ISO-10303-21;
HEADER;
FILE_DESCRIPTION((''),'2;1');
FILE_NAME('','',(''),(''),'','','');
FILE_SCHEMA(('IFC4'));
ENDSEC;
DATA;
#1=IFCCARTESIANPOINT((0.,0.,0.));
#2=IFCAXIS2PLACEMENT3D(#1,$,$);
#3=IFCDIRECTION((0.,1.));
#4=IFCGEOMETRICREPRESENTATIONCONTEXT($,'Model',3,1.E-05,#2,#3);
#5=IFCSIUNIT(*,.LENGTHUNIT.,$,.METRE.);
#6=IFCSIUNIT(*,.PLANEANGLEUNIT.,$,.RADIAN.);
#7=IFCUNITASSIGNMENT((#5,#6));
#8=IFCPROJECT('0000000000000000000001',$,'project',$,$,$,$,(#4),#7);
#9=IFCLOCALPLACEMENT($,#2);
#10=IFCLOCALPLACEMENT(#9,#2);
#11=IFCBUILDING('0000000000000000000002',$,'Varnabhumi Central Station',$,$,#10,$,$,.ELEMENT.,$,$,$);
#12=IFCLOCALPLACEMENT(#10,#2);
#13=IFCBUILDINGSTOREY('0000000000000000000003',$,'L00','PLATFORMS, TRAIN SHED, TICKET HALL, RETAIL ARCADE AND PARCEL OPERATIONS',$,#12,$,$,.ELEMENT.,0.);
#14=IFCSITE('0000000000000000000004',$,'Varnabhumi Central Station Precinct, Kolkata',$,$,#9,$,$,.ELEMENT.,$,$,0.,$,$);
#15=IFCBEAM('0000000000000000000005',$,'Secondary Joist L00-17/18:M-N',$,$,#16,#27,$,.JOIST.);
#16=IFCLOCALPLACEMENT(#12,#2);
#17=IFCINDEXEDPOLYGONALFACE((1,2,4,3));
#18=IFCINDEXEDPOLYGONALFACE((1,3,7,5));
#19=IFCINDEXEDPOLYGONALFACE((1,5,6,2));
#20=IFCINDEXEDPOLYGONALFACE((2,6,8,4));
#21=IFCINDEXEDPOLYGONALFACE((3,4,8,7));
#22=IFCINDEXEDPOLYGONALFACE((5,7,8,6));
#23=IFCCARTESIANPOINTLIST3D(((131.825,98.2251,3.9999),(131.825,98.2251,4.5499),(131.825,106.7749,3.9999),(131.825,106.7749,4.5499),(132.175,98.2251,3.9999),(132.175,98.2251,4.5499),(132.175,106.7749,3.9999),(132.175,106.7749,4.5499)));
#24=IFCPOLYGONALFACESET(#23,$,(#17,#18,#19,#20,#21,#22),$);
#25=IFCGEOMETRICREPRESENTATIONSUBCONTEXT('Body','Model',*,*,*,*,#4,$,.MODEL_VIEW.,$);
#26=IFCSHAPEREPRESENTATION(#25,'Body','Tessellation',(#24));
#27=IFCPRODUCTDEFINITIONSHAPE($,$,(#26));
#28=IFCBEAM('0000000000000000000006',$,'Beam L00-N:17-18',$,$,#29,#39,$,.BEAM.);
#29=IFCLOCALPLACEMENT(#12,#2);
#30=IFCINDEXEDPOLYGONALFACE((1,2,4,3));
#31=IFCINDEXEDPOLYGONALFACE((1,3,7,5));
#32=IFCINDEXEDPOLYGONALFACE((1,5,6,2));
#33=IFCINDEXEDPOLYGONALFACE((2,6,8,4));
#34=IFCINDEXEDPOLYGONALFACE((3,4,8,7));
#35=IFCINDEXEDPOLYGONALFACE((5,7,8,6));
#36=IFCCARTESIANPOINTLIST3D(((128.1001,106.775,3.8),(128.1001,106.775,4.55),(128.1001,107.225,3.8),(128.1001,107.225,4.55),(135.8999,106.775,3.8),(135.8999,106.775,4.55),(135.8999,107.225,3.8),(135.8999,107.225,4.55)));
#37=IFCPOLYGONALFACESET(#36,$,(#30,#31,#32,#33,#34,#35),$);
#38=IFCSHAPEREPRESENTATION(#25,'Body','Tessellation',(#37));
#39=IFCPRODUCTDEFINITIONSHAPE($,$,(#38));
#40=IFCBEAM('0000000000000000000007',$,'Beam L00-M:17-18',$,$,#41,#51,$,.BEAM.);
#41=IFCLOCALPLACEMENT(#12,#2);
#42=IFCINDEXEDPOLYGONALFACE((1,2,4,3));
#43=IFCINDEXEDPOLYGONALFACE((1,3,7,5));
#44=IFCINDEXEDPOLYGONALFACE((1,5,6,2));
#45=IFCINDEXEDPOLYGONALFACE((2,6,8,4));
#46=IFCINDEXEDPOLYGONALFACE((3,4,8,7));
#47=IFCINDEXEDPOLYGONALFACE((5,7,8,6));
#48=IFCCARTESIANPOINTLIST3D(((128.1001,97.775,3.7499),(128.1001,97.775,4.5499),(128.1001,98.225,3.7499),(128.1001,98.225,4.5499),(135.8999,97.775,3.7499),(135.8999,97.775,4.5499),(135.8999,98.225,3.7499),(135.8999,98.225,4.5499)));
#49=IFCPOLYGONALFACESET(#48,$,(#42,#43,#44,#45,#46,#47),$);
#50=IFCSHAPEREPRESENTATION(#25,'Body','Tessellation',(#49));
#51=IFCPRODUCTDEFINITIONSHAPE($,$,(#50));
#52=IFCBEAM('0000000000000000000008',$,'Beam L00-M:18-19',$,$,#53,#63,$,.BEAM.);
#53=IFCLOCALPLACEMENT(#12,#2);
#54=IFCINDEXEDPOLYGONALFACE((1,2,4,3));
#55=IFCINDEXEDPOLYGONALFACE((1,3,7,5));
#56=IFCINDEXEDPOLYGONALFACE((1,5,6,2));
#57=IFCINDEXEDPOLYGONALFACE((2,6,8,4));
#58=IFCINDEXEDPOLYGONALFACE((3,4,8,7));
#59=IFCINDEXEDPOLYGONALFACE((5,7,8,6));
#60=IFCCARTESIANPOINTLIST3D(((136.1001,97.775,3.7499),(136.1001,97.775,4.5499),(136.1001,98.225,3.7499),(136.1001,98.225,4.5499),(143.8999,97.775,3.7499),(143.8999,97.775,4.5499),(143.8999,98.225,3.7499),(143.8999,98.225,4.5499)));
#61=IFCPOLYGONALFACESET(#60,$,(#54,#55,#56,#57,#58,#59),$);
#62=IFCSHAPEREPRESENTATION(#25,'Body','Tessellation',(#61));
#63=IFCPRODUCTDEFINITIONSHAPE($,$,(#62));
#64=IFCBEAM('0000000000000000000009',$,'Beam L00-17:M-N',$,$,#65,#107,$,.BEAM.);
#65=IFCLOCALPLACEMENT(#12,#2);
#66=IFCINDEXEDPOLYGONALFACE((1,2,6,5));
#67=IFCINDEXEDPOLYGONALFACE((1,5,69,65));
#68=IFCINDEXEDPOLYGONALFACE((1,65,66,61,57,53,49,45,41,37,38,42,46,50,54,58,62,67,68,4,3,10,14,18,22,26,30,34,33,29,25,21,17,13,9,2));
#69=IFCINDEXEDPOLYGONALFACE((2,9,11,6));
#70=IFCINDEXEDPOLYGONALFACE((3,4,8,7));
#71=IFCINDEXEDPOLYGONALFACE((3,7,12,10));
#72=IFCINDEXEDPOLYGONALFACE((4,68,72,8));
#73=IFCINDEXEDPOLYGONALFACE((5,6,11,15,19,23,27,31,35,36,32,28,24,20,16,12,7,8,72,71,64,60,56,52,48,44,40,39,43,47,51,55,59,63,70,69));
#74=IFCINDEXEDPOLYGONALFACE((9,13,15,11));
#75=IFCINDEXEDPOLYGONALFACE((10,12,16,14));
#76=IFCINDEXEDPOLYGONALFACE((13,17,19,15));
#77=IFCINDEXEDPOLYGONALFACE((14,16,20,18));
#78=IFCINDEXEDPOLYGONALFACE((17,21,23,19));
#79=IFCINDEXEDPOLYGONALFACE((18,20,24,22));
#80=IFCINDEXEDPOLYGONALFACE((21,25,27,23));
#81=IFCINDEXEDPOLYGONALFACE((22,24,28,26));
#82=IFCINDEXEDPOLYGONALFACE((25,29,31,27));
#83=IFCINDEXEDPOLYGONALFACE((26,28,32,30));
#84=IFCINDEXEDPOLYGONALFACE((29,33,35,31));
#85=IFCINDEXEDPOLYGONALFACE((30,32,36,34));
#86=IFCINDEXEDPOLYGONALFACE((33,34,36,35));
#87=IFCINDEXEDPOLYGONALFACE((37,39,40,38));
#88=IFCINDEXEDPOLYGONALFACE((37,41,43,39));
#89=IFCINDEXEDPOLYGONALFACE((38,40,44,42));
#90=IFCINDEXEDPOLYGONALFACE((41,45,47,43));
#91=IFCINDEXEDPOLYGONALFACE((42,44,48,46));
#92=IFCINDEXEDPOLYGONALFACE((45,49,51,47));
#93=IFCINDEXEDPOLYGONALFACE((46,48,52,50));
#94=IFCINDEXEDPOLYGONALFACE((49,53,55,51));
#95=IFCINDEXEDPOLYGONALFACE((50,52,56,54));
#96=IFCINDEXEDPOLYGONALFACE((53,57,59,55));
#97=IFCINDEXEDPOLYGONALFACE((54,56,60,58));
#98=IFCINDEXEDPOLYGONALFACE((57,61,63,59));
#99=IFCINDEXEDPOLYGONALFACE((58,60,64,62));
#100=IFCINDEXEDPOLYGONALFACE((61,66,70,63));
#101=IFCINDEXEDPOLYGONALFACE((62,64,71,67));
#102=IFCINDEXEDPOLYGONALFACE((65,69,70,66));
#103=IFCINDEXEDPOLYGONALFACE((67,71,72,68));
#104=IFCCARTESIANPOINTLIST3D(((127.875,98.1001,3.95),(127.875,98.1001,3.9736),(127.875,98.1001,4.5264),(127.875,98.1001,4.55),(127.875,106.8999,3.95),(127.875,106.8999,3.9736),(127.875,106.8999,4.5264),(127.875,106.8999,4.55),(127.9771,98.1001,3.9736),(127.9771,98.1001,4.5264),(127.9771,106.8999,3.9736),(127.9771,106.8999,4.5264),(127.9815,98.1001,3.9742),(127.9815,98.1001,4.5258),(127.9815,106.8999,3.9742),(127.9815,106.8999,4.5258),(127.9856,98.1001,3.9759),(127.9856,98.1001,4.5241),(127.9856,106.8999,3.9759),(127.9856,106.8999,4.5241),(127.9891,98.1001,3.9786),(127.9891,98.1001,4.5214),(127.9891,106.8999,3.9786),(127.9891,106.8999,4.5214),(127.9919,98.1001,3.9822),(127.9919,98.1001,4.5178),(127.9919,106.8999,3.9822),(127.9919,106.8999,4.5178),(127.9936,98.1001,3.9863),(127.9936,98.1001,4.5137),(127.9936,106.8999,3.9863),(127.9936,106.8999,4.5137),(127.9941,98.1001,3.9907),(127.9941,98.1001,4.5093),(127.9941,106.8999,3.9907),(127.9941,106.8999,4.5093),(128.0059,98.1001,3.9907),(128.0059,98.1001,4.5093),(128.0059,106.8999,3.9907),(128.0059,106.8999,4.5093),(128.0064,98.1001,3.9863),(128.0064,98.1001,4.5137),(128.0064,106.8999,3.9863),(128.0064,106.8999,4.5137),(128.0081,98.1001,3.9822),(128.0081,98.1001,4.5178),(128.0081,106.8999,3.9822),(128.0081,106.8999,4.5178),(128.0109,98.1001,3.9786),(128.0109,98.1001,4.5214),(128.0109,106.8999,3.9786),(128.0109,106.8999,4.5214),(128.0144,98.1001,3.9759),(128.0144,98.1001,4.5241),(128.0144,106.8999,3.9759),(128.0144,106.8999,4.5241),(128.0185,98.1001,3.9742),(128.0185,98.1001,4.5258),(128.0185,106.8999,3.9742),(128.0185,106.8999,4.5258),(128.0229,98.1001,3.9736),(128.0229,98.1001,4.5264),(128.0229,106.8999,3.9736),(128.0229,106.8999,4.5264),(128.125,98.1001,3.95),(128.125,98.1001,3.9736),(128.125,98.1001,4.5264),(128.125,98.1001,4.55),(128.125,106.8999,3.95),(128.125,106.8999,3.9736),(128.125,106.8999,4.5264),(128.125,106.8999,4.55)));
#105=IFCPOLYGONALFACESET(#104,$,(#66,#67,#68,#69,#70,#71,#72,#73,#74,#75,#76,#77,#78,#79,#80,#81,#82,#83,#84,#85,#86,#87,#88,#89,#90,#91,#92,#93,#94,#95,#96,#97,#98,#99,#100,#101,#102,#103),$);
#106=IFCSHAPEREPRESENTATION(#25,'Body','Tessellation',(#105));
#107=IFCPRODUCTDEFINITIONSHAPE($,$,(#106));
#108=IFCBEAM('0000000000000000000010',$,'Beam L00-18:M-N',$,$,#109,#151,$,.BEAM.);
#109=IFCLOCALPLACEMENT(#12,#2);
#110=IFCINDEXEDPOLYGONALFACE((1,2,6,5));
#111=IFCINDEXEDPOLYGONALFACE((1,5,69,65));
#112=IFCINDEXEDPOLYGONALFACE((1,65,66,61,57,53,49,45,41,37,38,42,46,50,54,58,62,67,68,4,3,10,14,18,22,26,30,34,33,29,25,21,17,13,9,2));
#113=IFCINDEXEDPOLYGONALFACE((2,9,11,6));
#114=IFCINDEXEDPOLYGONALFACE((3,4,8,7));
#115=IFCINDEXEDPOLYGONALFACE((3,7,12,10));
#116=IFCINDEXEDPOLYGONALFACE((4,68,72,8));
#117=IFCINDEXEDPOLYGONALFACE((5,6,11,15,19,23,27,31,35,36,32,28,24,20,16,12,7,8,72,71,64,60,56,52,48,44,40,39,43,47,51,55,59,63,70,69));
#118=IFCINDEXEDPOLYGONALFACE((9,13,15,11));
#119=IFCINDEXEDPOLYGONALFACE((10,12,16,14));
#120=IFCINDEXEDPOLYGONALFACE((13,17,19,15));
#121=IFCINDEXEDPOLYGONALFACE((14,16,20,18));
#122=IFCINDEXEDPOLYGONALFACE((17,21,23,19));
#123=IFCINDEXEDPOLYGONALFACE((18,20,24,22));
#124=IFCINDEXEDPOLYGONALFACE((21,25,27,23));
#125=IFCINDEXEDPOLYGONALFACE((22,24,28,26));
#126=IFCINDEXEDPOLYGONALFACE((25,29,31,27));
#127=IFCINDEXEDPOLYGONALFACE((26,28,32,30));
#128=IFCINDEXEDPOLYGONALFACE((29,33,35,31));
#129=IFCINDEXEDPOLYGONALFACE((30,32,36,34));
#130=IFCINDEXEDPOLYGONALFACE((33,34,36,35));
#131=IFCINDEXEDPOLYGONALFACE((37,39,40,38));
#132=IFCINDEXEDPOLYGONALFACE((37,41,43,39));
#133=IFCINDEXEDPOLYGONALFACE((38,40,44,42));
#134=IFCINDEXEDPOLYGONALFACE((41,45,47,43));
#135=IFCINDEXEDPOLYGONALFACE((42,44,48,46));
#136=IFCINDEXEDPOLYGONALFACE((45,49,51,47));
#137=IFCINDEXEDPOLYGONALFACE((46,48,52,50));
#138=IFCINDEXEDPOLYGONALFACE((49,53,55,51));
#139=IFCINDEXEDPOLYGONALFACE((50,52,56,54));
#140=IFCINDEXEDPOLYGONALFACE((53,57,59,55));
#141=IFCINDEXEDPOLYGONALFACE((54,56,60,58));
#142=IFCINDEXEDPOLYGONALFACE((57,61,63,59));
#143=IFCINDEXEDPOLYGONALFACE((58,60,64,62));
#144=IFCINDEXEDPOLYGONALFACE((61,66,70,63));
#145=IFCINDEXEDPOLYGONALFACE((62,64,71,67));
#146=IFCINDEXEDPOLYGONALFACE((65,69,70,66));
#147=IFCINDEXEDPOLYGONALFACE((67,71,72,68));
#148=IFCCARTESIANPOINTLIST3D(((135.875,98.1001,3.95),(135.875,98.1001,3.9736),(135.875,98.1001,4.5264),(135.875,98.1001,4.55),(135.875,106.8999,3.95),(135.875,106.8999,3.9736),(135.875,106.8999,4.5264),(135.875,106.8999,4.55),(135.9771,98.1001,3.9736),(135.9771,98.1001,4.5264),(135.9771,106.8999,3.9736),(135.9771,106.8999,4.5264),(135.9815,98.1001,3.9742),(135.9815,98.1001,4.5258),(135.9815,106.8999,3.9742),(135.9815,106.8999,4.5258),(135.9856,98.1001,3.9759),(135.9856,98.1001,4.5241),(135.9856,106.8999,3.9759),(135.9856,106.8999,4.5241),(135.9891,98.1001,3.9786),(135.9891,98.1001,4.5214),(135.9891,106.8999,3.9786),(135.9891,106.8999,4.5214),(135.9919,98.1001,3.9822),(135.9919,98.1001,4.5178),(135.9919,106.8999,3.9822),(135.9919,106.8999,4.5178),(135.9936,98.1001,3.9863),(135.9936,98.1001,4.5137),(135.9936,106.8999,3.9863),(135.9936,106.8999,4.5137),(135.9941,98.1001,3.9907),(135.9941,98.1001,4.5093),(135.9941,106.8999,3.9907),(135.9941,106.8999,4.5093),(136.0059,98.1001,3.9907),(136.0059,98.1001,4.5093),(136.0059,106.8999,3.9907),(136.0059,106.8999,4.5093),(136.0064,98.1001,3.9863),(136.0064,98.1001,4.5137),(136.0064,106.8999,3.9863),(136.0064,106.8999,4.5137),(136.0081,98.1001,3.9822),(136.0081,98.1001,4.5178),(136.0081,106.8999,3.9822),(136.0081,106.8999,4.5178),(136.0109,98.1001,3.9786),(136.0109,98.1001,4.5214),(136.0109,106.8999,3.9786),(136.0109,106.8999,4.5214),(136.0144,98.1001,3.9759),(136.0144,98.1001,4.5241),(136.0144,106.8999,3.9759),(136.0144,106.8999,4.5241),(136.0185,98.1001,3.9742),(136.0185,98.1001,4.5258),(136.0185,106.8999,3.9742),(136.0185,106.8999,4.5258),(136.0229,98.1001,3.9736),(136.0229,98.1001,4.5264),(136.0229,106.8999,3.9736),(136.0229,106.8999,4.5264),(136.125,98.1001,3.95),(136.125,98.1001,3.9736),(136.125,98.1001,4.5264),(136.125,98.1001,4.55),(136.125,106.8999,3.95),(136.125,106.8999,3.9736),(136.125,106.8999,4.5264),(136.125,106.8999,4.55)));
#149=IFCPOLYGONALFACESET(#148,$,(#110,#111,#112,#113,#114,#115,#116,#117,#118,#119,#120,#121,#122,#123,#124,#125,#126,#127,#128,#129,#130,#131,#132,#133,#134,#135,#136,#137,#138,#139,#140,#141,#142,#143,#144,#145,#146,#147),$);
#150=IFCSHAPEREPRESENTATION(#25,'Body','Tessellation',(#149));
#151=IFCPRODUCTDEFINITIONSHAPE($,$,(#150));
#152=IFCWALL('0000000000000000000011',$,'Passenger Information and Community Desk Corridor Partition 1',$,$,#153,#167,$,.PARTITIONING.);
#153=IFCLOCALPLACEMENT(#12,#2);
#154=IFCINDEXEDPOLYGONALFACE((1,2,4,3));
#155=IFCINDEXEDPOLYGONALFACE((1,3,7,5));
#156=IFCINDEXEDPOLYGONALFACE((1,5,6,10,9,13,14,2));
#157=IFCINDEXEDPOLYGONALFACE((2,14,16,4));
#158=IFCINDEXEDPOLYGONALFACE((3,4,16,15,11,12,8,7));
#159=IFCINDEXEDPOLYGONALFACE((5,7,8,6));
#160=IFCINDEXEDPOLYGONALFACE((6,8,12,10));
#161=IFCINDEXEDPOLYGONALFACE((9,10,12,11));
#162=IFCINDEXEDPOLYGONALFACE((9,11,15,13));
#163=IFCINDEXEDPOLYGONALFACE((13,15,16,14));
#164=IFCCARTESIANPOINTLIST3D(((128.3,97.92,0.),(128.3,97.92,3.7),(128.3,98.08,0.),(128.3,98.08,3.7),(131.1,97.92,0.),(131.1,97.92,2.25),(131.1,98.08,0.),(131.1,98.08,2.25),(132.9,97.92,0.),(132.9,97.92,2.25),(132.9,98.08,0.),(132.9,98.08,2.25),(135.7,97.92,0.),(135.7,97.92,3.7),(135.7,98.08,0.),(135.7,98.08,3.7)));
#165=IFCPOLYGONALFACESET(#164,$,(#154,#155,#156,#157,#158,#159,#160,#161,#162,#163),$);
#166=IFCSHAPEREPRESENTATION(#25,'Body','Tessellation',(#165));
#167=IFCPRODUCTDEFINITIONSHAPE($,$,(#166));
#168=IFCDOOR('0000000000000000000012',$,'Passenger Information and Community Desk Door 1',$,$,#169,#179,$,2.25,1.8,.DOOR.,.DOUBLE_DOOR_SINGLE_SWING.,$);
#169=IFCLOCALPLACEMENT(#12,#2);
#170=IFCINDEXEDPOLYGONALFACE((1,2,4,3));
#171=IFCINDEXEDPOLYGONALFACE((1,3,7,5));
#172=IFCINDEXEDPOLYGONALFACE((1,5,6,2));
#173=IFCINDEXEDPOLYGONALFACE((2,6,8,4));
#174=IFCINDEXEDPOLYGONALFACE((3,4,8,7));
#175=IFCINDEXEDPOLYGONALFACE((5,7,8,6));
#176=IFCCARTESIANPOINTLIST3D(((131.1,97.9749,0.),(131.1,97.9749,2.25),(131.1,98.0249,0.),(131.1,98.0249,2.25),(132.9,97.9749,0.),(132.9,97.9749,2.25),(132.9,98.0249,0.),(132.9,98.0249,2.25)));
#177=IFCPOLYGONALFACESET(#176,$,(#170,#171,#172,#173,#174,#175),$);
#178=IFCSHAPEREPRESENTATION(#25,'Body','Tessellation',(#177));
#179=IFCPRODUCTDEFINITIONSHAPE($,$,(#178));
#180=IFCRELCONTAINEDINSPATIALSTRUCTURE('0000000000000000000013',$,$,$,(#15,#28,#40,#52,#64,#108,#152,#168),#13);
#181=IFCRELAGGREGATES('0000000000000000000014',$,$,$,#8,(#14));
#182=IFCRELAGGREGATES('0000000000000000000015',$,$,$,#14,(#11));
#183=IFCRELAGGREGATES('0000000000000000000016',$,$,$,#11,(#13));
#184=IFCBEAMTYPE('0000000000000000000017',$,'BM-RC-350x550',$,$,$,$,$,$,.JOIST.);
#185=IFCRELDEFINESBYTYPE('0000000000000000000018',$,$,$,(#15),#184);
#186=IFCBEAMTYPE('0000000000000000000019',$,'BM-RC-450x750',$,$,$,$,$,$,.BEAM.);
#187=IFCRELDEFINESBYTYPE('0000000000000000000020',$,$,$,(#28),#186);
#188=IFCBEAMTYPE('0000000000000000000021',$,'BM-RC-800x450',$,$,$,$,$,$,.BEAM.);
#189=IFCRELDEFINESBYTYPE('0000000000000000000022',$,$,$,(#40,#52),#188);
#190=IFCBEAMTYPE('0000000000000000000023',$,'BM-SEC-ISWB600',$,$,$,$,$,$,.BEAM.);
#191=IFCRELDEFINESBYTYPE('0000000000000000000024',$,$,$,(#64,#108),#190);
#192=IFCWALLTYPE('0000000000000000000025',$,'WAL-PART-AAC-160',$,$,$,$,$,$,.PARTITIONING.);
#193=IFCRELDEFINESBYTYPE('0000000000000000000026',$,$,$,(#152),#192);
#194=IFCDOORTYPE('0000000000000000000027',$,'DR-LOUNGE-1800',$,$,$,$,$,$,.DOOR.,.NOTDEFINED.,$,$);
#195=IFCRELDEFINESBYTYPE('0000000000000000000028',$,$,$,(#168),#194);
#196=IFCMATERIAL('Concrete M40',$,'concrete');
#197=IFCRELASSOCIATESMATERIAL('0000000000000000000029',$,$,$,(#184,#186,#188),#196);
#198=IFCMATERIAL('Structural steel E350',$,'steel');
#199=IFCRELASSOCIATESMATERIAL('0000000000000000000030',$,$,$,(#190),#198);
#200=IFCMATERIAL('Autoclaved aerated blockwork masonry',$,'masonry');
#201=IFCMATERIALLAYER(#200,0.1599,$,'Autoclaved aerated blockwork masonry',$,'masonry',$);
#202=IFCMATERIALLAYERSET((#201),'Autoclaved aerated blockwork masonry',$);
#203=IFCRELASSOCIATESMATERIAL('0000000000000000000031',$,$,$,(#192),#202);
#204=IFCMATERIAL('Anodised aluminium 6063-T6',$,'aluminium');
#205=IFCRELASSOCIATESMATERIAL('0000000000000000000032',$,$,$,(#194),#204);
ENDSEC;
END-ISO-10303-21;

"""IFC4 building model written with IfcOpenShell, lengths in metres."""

from ifc_helpers import new_model, si_unit, direction, frame, frame_2d, origin, origin_2d, place, context, subcontext, project, spatial, rectangle, i_section, extrude, material, layer, layer_set, material_profile, profile_set, type_object, element, fill, save


model = new_model("IFC4")

# Units and contexts
model_context = context("Model", 3, precision=1e-05, world=origin(), true_north=direction((0.0, 1.0)))
body_context = subcontext(model_context, "Body", "Model", "MODEL_VIEW")
ifc_project = project(units=[si_unit("LENGTHUNIT", "METRE"), si_unit("PLANEANGLEUNIT", "RADIAN")], contexts=[model_context])

# Site, building, storey
site_placement = place(None, origin())
site = spatial("IfcSite", under=ifc_project, at=site_placement, Name="Varnabhumi Central Station Precinct, Kolkata", CompositionType="ELEMENT", RefElevation=0.0)
building_placement = place(site_placement, origin())
building = spatial("IfcBuilding", under=site, at=building_placement, Name="Varnabhumi Central Station", CompositionType="ELEMENT")
storey_placement = place(building_placement, origin())
storey = spatial("IfcBuildingStorey", under=building, at=storey_placement, Name="L00", Description="PLATFORMS, TRAIN SHED, TICKET HALL, RETAIL ARCADE AND PARCEL OPERATIONS", CompositionType="ELEMENT", Elevation=0.0)

# Shared definitions
ifc_material_1 = material(Name="Concrete M40", Category="concrete")

# Beams
ifc_material_profile_1 = material_profile(ifc_material_1, rectangle(XDim=0.3501, YDim=0.55, at=origin_2d()), Name="Concrete M40", Category="concrete")
ifc_profile_set_1 = profile_set([ifc_material_profile_1], Name="Concrete M40")
beam_type_1 = type_object("IfcBeamType", Name="BM-RC-350x550", PredefinedType="JOIST", material=ifc_profile_set_1)
beam_1_placement = place(storey_placement, frame((132.0, 98.2251, 4.2749), z_axis=(0.0, 1.0, 0.0), x_axis=(-1.0, 0.0, 0.0)))
element("IfcBeam", 1, at=beam_1_placement, inside=storey, type_object=beam_type_1, Name="Secondary Joist L00-17/18:M-N", PredefinedType="JOIST", context=body_context, shape_type="SweptSolid", body=[
    extrude(rectangle(XDim=0.3501, YDim=0.55, at=origin_2d()), origin(), (0.0, 0.0, 1.0), 8.5498),
])
ifc_material_profile_2 = material_profile(ifc_material_1, rectangle(XDim=0.45, YDim=0.75, at=origin_2d()), Name="Concrete M40", Category="concrete")
ifc_profile_set_2 = profile_set([ifc_material_profile_2], Name="Concrete M40")
beam_type_2 = type_object("IfcBeamType", Name="BM-RC-450x750", PredefinedType="BEAM", material=ifc_profile_set_2)
beam_2_placement = place(storey_placement, frame((128.1001, 107.0, 4.175), z_axis=(1.0, 0.0, 0.0), x_axis=(0.0, 1.0, 0.0)))
element("IfcBeam", 2, at=beam_2_placement, inside=storey, type_object=beam_type_2, Name="Beam L00-N:17-18", PredefinedType="BEAM", context=body_context, shape_type="SweptSolid", body=[
    extrude(rectangle(XDim=0.45, YDim=0.75, at=origin_2d()), origin(), (0.0, 0.0, 1.0), 7.7998),
])
ifc_material_profile_3 = material_profile(ifc_material_1, rectangle(XDim=0.45, YDim=0.8, at=origin_2d()), Name="Concrete M40", Category="concrete")
ifc_profile_set_3 = profile_set([ifc_material_profile_3], Name="Concrete M40")
beam_type_3 = type_object("IfcBeamType", Name="BM-RC-800x450", PredefinedType="BEAM", material=ifc_profile_set_3)
for number, where, z_axis, x_axis, name in (
    (3, (128.1001, 98.0, 4.1499), (1.0, 0.0, 0.0), (0.0, 1.0, 0.0), "Beam L00-M:17-18"),
    (4, (136.1001, 98.0, 4.1499), (1.0, 0.0, 0.0), (0.0, 1.0, 0.0), "Beam L00-M:18-19"),
):
    element("IfcBeam", number, at=place(storey_placement, frame(where, z_axis=z_axis, x_axis=x_axis)), inside=storey, type_object=beam_type_3, Name=name, PredefinedType="BEAM", context=body_context, shape_type="SweptSolid", body=[
        extrude(rectangle(XDim=0.45, YDim=0.8, at=origin_2d()), origin(), (0.0, 0.0, 1.0), 7.7998),
    ])
ifc_material_2 = material(Name="Structural steel E350", Category="steel")
ifc_material_profile_4 = material_profile(ifc_material_2, i_section(OverallWidth=0.25, OverallDepth=0.6001, WebThickness=0.0117, FlangeThickness=0.0237, FilletRadius=0.0171, at=origin_2d()), Name="Structural steel E350", Category="steel")
ifc_profile_set_4 = profile_set([ifc_material_profile_4], Name="Structural steel E350")
beam_type_4 = type_object("IfcBeamType", Name="BM-SEC-ISWB600", PredefinedType="BEAM", material=ifc_profile_set_4)
for number, where, z_axis, x_axis, name in (
    (5, (128.0, 98.1001, 4.25), (0.0, 1.0, 0.0), (-1.0, 0.0, 0.0), "Beam L00-17:M-N"),
    (6, (136.0, 98.1001, 4.25), (0.0, 1.0, 0.0), (-1.0, 0.0, 0.0), "Beam L00-18:M-N"),
):
    element("IfcBeam", number, at=place(storey_placement, frame(where, z_axis=z_axis, x_axis=x_axis)), inside=storey, type_object=beam_type_4, Name=name, PredefinedType="BEAM", context=body_context, shape_type="SweptSolid", body=[
        extrude(i_section(OverallWidth=0.25, OverallDepth=0.6001, WebThickness=0.0117, FlangeThickness=0.0237, FilletRadius=0.0171, at=origin_2d()), origin(), (0.0, 0.0, 1.0), 8.7998),
    ])

# Wall, opening, door
ifc_material_3 = material(Name="Autoclaved aerated blockwork masonry", Category="masonry")
ifc_layer_1 = layer(ifc_material_3, 0.1599, Name="Autoclaved aerated blockwork masonry", Category="masonry")
ifc_layer_set_1 = layer_set([ifc_layer_1], Name="Autoclaved aerated blockwork masonry")
wall_type = type_object("IfcWallType", Name="WAL-PART-AAC-160", PredefinedType="PARTITIONING", material=ifc_layer_set_1)
wall_1_placement = place(storey_placement, frame((128.3, 98.0, 0.0), z_axis=(0.0, 0.0, 1.0), x_axis=(1.0, 0.0, 0.0)))
wall_1 = element("IfcWall", 7, at=wall_1_placement, inside=storey, type_object=wall_type, Name="Passenger Information and Community Desk Corridor Partition 1", PredefinedType="PARTITIONING", context=body_context, shape_type="SweptSolid", body=[
    extrude(rectangle(XDim=7.3999, YDim=0.1599, at=frame_2d((3.7, 0.0))), origin(), (0.0, 0.0, 1.0), 3.7),
])
opening_placement = place(wall_1_placement, frame((2.8, 0.0, 0.0)))
opening = element("IfcOpeningElement", 8, at=opening_placement, cuts=wall_1, PredefinedType="OPENING", context=body_context, shape_type="SweptSolid", body=[
    extrude(rectangle(XDim=1.8, YDim=2.25, at=frame_2d((0.8999, 1.125))), frame((0.0, 0.0898, 0.0), z_axis=(0.0, -1.0, 0.0), x_axis=(1.0, 0.0, 0.0)), (0.0, 0.0, 1.0), 0.1799),
])
ifc_material_4 = material(Name="Anodised aluminium 6063-T6", Category="aluminium")
door_type = type_object("IfcDoorType", Name="DR-LOUNGE-1800", OperationType="NOTDEFINED", PredefinedType="DOOR", material=ifc_material_4)
door_placement = place(opening_placement, origin())
door = element("IfcDoor", 9, at=door_placement, inside=storey, type_object=door_type, Name="Passenger Information and Community Desk Door 1", OperationType="DOUBLE_DOOR_SINGLE_SWING", OverallHeight=2.25, OverallWidth=1.8, PredefinedType="DOOR", context=body_context, shape_type="SweptSolid", body=[
    extrude(rectangle(XDim=1.8, YDim=2.25, at=frame_2d((0.8999, 1.125))), frame((0.0, 0.0249, 0.0), z_axis=(0.0, -1.0, 0.0), x_axis=(1.0, 0.0, 0.0)), (0.0, 0.0, 1.0), 0.05),
])
fill(opening, door)

save(model, "model.ifc")
